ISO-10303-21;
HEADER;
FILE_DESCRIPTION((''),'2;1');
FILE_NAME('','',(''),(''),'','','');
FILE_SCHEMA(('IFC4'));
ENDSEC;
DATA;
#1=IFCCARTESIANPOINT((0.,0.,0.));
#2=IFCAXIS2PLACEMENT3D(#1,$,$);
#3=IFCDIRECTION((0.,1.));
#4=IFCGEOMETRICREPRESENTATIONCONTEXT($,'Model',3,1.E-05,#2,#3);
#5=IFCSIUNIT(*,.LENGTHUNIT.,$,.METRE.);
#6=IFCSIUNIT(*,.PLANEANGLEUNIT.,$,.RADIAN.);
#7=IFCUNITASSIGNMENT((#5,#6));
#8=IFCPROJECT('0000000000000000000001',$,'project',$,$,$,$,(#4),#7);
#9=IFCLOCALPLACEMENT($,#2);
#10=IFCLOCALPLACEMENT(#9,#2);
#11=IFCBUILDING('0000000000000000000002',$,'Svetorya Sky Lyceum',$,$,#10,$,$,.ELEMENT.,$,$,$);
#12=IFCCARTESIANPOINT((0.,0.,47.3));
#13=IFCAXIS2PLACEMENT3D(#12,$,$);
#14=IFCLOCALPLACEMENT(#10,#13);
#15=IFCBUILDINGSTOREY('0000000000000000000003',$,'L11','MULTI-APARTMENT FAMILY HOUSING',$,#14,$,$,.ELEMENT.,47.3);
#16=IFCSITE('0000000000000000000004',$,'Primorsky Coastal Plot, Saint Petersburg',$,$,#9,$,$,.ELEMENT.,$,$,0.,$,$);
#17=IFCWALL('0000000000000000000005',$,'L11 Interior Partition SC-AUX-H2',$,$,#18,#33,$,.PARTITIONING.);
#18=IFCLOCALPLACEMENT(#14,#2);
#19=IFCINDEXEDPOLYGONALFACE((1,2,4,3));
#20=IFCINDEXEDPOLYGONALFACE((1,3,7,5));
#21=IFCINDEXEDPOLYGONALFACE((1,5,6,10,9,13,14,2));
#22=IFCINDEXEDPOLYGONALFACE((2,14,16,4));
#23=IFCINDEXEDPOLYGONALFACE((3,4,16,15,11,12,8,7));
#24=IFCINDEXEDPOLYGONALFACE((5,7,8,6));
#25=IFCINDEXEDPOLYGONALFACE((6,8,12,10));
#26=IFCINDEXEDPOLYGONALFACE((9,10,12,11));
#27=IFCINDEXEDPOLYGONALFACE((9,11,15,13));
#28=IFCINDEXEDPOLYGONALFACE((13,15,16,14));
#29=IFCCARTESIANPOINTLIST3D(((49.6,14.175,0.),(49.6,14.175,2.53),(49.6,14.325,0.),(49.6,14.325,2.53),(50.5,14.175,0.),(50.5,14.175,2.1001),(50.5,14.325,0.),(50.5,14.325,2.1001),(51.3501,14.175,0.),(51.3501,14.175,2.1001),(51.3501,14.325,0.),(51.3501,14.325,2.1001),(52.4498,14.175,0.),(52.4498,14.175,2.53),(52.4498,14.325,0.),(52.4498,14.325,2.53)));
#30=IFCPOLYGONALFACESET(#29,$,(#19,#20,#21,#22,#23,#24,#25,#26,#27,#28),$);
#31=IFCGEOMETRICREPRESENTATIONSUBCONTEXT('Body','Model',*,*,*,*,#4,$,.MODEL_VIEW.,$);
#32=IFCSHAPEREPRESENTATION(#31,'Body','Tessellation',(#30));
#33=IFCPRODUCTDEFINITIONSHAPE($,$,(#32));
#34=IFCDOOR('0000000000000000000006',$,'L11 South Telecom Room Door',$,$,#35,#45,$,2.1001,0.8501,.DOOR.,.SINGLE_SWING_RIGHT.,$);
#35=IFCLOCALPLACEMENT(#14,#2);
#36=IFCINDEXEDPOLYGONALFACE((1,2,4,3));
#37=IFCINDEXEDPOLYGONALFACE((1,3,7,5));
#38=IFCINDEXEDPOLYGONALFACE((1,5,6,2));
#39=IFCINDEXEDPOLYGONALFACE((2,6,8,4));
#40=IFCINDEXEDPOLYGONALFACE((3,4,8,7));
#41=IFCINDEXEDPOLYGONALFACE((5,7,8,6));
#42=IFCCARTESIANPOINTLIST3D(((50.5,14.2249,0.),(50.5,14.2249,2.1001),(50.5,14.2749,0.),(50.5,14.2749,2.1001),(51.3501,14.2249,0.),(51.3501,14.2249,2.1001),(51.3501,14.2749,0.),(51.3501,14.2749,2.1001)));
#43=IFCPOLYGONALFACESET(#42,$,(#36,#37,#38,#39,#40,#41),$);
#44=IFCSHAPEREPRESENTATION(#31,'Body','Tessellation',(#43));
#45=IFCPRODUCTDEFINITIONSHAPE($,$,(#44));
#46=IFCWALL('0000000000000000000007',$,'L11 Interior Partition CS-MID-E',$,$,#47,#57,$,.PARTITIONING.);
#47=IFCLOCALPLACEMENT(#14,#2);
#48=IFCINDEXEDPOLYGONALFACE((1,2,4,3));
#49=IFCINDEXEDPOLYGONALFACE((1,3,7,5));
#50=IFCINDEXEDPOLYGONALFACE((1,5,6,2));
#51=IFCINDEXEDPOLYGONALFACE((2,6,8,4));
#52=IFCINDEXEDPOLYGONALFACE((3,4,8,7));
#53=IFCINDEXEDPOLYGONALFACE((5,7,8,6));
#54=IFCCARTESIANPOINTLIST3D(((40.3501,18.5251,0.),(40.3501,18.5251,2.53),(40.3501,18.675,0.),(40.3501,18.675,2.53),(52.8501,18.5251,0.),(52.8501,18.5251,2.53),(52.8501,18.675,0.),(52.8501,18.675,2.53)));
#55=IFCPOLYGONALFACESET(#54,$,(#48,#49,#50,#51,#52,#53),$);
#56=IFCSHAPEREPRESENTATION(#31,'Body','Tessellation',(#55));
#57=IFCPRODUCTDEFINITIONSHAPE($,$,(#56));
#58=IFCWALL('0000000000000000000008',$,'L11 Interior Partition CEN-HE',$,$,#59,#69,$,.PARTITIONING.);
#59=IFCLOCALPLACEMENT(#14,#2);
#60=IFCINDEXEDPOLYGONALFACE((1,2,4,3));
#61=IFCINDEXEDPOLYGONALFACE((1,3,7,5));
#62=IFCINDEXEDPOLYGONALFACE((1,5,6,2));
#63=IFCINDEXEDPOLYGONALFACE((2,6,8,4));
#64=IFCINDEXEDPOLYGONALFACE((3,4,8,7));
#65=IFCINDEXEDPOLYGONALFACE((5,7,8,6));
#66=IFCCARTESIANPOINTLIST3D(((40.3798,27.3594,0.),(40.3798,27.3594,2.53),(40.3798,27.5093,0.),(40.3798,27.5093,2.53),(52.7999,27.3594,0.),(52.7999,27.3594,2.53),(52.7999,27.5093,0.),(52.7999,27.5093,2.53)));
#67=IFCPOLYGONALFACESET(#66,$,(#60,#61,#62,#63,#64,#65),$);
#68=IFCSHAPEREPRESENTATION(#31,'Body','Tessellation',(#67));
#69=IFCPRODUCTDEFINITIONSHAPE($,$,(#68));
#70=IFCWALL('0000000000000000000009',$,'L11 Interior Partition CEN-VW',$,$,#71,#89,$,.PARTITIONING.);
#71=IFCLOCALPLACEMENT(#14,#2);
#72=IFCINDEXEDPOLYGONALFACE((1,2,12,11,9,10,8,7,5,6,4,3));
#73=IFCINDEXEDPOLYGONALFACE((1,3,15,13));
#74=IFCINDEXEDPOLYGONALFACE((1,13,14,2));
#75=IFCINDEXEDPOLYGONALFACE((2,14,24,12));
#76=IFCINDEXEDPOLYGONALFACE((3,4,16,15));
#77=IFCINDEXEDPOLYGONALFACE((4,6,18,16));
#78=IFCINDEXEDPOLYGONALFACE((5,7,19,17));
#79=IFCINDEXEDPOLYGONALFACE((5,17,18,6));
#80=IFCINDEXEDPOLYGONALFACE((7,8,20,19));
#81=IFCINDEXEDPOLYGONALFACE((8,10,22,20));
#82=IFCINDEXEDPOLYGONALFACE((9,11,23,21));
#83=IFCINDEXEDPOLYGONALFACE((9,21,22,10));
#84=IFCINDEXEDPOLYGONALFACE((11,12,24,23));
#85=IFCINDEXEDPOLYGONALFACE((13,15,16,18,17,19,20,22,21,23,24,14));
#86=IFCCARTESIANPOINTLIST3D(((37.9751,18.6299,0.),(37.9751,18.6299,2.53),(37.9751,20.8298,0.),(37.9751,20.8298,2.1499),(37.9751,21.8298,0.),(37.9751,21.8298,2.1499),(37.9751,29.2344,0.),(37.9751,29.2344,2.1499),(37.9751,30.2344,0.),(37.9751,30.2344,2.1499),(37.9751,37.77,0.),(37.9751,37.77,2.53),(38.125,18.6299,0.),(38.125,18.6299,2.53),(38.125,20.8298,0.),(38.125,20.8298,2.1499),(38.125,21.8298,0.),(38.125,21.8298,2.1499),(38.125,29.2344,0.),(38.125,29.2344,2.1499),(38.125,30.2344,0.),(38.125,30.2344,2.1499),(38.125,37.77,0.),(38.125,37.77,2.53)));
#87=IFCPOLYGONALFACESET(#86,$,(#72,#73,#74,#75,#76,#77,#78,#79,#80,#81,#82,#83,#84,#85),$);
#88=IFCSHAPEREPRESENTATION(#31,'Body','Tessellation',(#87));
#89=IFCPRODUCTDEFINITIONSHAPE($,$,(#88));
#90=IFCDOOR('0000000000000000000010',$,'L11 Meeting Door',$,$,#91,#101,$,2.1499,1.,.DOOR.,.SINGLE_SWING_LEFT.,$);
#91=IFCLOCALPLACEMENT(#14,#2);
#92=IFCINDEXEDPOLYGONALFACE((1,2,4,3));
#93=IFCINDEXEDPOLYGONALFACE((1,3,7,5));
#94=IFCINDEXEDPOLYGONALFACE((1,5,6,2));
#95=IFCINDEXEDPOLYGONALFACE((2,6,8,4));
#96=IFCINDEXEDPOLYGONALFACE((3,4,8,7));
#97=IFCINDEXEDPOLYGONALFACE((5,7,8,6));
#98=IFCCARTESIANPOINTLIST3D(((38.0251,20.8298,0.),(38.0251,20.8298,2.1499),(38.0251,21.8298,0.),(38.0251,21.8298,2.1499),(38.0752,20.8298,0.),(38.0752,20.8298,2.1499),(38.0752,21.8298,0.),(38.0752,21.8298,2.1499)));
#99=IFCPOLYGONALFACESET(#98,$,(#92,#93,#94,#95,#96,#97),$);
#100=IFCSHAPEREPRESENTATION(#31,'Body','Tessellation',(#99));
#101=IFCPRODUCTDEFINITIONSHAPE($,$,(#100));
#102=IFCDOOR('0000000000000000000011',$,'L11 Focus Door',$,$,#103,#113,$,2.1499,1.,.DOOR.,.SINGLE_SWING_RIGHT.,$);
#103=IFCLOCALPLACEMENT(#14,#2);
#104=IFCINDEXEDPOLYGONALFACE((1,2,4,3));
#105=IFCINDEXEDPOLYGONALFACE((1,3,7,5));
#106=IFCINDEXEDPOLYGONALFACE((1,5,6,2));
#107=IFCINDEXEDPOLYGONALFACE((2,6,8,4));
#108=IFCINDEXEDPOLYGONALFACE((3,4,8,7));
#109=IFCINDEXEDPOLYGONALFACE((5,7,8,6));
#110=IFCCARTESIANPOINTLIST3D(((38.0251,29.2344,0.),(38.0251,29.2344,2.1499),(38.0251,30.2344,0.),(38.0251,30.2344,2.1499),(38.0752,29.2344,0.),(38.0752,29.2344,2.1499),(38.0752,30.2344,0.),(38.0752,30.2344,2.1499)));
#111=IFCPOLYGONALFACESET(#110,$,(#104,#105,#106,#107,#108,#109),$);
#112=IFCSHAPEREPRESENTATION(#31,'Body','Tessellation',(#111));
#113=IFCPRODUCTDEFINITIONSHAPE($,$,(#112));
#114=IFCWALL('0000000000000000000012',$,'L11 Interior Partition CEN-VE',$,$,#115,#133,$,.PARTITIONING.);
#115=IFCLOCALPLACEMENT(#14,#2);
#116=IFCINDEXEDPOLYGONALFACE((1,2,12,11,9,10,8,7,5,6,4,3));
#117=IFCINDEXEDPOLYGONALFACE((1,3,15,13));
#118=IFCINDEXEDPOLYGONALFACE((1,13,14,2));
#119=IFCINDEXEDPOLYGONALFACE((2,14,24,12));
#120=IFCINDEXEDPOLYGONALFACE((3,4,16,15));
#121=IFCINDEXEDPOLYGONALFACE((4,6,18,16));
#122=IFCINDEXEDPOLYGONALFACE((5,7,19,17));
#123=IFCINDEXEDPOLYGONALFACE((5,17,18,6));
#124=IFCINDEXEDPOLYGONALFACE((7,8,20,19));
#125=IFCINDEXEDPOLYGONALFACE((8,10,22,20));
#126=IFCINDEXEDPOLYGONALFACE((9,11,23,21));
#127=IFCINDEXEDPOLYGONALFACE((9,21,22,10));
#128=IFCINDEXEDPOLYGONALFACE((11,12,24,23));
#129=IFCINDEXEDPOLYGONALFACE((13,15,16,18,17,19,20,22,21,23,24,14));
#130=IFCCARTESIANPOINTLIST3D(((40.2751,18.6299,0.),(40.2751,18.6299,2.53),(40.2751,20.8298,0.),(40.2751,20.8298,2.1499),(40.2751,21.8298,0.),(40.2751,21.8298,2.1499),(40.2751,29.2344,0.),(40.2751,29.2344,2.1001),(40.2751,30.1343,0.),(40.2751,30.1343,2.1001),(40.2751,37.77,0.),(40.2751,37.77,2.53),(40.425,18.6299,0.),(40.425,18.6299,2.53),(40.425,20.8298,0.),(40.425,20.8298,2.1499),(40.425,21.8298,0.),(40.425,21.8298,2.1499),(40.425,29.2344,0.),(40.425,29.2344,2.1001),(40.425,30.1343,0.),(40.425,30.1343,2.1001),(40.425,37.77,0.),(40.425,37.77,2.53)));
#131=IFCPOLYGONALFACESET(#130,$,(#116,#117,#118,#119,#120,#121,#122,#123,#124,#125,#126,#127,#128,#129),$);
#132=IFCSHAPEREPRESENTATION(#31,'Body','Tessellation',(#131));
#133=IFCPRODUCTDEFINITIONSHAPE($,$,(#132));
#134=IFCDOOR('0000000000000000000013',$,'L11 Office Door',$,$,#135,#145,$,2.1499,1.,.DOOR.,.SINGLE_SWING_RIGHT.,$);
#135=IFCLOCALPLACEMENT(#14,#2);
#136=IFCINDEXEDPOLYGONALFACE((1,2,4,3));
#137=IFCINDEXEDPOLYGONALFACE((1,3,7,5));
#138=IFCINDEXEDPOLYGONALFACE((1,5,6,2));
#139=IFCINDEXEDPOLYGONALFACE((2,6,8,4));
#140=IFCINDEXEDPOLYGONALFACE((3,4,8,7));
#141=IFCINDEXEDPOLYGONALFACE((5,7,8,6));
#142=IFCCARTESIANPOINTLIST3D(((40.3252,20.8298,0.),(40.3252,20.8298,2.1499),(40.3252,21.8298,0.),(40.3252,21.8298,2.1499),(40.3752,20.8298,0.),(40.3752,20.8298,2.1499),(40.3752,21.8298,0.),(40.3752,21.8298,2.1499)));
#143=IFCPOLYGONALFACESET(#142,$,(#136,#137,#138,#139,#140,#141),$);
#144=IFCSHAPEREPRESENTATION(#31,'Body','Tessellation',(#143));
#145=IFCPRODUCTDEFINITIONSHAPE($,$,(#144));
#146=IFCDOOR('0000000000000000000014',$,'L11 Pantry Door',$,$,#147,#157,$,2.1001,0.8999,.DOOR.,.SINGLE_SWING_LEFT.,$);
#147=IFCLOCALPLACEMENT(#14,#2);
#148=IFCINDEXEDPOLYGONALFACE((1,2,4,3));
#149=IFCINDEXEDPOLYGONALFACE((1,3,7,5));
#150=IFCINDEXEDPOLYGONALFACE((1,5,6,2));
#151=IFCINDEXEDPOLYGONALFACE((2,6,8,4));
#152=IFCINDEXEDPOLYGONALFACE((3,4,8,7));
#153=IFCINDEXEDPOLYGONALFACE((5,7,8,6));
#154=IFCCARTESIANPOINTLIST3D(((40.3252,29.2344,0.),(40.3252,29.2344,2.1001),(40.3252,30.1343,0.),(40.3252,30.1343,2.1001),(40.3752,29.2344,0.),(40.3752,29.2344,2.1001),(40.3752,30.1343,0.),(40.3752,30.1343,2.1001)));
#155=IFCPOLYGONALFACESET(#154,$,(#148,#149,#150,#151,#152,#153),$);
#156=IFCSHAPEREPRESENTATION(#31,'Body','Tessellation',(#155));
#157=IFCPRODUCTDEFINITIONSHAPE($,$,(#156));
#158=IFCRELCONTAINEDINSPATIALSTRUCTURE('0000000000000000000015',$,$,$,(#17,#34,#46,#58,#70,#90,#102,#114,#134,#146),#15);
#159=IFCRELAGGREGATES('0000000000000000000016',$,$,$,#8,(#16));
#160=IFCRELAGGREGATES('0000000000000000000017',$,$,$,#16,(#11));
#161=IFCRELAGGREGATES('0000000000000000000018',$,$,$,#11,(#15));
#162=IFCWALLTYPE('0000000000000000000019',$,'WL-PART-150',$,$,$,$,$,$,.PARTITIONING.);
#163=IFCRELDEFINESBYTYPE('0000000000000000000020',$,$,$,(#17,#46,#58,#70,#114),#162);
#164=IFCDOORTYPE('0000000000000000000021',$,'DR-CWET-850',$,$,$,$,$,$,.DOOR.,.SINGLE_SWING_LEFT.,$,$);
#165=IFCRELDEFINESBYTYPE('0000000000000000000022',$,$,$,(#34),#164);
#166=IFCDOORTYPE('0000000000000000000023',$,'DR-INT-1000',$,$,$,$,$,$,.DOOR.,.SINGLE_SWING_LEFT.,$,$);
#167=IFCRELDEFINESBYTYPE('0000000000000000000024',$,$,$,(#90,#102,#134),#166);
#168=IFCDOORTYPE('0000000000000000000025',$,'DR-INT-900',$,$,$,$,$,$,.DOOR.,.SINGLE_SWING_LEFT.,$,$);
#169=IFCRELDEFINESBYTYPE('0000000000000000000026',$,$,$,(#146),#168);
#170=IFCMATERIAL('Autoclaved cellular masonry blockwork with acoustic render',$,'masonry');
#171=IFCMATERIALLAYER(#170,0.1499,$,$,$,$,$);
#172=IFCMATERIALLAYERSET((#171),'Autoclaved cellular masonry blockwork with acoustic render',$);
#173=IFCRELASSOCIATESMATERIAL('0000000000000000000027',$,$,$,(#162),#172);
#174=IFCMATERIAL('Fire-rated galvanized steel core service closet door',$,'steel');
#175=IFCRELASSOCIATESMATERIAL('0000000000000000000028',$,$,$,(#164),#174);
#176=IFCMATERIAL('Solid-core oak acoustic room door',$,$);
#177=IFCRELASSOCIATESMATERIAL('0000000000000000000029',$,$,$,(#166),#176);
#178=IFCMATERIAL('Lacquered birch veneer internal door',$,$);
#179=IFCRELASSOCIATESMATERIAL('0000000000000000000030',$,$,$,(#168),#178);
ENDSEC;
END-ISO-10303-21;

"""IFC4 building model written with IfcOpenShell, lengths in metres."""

from ifc_helpers import new_model, si_unit, direction, frame, frame_2d, origin, place, context, subcontext, project, spatial, rectangle, extrude, material, layer, layer_set, type_object, element, fill, save


model = new_model("IFC4")

# Units and contexts
model_context = context("Model", 3, precision=1e-05, world=origin(), true_north=direction((0.0, 1.0)))
body_context = subcontext(model_context, "Body", "Model", "MODEL_VIEW")
ifc_project = project(units=[si_unit("LENGTHUNIT", "METRE"), si_unit("PLANEANGLEUNIT", "RADIAN")], contexts=[model_context])

# Site, building, storey
site_placement = place(None, origin())
site = spatial("IfcSite", under=ifc_project, at=site_placement, Name="Primorsky Coastal Plot, Saint Petersburg", CompositionType="ELEMENT", RefElevation=0.0)
building_placement = place(site_placement, origin())
building = spatial("IfcBuilding", under=site, at=building_placement, Name="Svetorya Sky Lyceum", CompositionType="ELEMENT")
storey_placement = place(building_placement, frame((0.0, 0.0, 47.3)))
storey = spatial("IfcBuildingStorey", under=building, at=storey_placement, Name="L11", Description="MULTI-APARTMENT FAMILY HOUSING", CompositionType="ELEMENT", Elevation=47.3)

# Shared definitions
ifc_material_1 = material(Name="Autoclaved cellular masonry blockwork with acoustic render", Category="masonry")
ifc_layer_1 = layer(ifc_material_1, 0.1499)
ifc_layer_set_1 = layer_set([ifc_layer_1], Name="Autoclaved cellular masonry blockwork with acoustic render")
wall_type_1 = type_object("IfcWallType", Name="WL-PART-150", PredefinedType="PARTITIONING", material=ifc_layer_set_1)

# Wall, opening, door
wall_1_placement = place(storey_placement, frame((49.6001, 14.25, 0.0), z_axis=(0.0, 0.0, 1.0), x_axis=(1.0, 0.0, 0.0)))
wall_1 = element("IfcWall", 1, at=wall_1_placement, inside=storey, type_object=wall_type_1, Name="L11 Interior Partition SC-AUX-H2", PredefinedType="PARTITIONING", context=body_context, shape_type="SweptSolid", body=[
    extrude(rectangle(XDim=2.8499, YDim=0.1499, at=frame_2d((1.4248, 0.0))), origin(), (0.0, 0.0, 1.0), 2.53),
])
opening_1_placement = place(wall_1_placement, frame((0.8999, 0.0, 0.0)))
opening_1 = element("IfcOpeningElement", 2, at=opening_1_placement, cuts=wall_1, PredefinedType="OPENING", context=body_context, shape_type="SweptSolid", body=[
    extrude(rectangle(XDim=0.8501, YDim=2.1001, at=frame_2d((0.425, 1.05))), frame((0.0, 0.085, 0.0), z_axis=(0.0, -1.0, 0.0), x_axis=(1.0, 0.0, 0.0)), (0.0, 0.0, 1.0), 0.1699),
])
ifc_material_2 = material(Name="Fire-rated galvanized steel core service closet door", Category="steel")
door_type_1 = type_object("IfcDoorType", Name="DR-CWET-850", OperationType="SINGLE_SWING_LEFT", PredefinedType="DOOR", material=ifc_material_2)
door_1_placement = place(opening_1_placement, origin())
door_1 = element("IfcDoor", 3, at=door_1_placement, inside=storey, type_object=door_type_1, Name="L11 South Telecom Room Door", OperationType="SINGLE_SWING_RIGHT", OverallHeight=2.1001, OverallWidth=0.8501, PredefinedType="DOOR", context=body_context, shape_type="SweptSolid", body=[
    extrude(rectangle(XDim=0.8501, YDim=2.1001, at=frame_2d((0.425, 1.05))), frame((0.0, 0.0249, 0.0), z_axis=(0.0, -1.0, 0.0), x_axis=(1.0, 0.0, 0.0)), (0.0, 0.0, 1.0), 0.05),
])
fill(opening_1, door_1)

# Walls
wall_2_placement = place(storey_placement, frame((40.3501, 18.6001, 0.0), z_axis=(0.0, 0.0, 1.0), x_axis=(1.0, 0.0, 0.0)))
element("IfcWall", 4, at=wall_2_placement, inside=storey, type_object=wall_type_1, Name="L11 Interior Partition CS-MID-E", PredefinedType="PARTITIONING", context=body_context, shape_type="SweptSolid", body=[
    extrude(rectangle(XDim=12.5, YDim=0.1499, at=frame_2d((6.25, 0.0))), origin(), (0.0, 0.0, 1.0), 2.53),
])
wall_3_placement = place(storey_placement, frame((40.3799, 27.4343, 0.0), z_axis=(0.0, 0.0, 1.0), x_axis=(1.0, 0.0, 0.0)))
element("IfcWall", 5, at=wall_3_placement, inside=storey, type_object=wall_type_1, Name="L11 Interior Partition CEN-HE", PredefinedType="PARTITIONING", context=body_context, shape_type="SweptSolid", body=[
    extrude(rectangle(XDim=12.4202, YDim=0.1499, at=frame_2d((6.21, 0.0))), origin(), (0.0, 0.0, 1.0), 2.53),
])

# Walls, openings, doors
wall_4_placement = place(storey_placement, frame((38.05, 18.6299, 0.0), z_axis=(0.0, 0.0, 1.0), x_axis=(0.0, 1.0, 0.0)))
wall_4 = element("IfcWall", 6, at=wall_4_placement, inside=storey, type_object=wall_type_1, Name="L11 Interior Partition CEN-VW", PredefinedType="PARTITIONING", context=body_context, shape_type="SweptSolid", body=[
    extrude(rectangle(XDim=19.1401, YDim=0.1499, at=frame_2d((9.5701, 0.0))), origin(), (0.0, 0.0, 1.0), 2.53),
])
opening_2_placement = place(wall_4_placement, frame((2.2, 0.0, 0.0)))
opening_2 = element("IfcOpeningElement", 7, at=opening_2_placement, cuts=wall_4, PredefinedType="OPENING", context=body_context, shape_type="SweptSolid", body=[
    extrude(rectangle(XDim=1.0, YDim=2.1499, at=frame_2d((0.5, 1.075))), frame((0.0, 0.085, 0.0), z_axis=(0.0, -1.0, 0.0), x_axis=(1.0, 0.0, 0.0)), (0.0, 0.0, 1.0), 0.1699),
])
opening_3_placement = place(wall_4_placement, frame((10.6045, 0.0, 0.0)))
opening_3 = element("IfcOpeningElement", 8, at=opening_3_placement, cuts=wall_4, PredefinedType="OPENING", context=body_context, shape_type="SweptSolid", body=[
    extrude(rectangle(XDim=1.0, YDim=2.1499, at=frame_2d((0.5, 1.075))), frame((0.0, 0.085, 0.0), z_axis=(0.0, -1.0, 0.0), x_axis=(1.0, 0.0, 0.0)), (0.0, 0.0, 1.0), 0.1699),
])
ifc_material_3 = material(Name="Solid-core oak acoustic room door")
door_type_2 = type_object("IfcDoorType", Name="DR-INT-1000", OperationType="SINGLE_SWING_LEFT", PredefinedType="DOOR", material=ifc_material_3)
door_2_placement = place(opening_2_placement, origin())
door_2 = element("IfcDoor", 9, at=door_2_placement, inside=storey, type_object=door_type_2, Name="L11 Meeting Door", OperationType="SINGLE_SWING_LEFT", OverallHeight=2.1499, OverallWidth=1.0, PredefinedType="DOOR", context=body_context, shape_type="SweptSolid", body=[
    extrude(rectangle(XDim=1.0, YDim=2.1499, at=frame_2d((0.5, 1.075))), frame((0.0, 0.0249, 0.0), z_axis=(0.0, -1.0, 0.0), x_axis=(1.0, 0.0, 0.0)), (0.0, 0.0, 1.0), 0.05),
])
fill(opening_2, door_2)
door_3_placement = place(opening_3_placement, origin())
door_3 = element("IfcDoor", 10, at=door_3_placement, inside=storey, type_object=door_type_2, Name="L11 Focus Door", OperationType="SINGLE_SWING_RIGHT", OverallHeight=2.1499, OverallWidth=1.0, PredefinedType="DOOR", context=body_context, shape_type="SweptSolid", body=[
    extrude(rectangle(XDim=1.0, YDim=2.1499, at=frame_2d((0.5, 1.075))), frame((0.0, 0.0249, 0.0), z_axis=(0.0, -1.0, 0.0), x_axis=(1.0, 0.0, 0.0)), (0.0, 0.0, 1.0), 0.05),
])
fill(opening_3, door_3)
wall_5_placement = place(storey_placement, frame((40.3501, 18.6299, 0.0), z_axis=(0.0, 0.0, 1.0), x_axis=(0.0, 1.0, 0.0)))
wall_5 = element("IfcWall", 11, at=wall_5_placement, inside=storey, type_object=wall_type_1, Name="L11 Interior Partition CEN-VE", PredefinedType="PARTITIONING", context=body_context, shape_type="SweptSolid", body=[
    extrude(rectangle(XDim=19.1401, YDim=0.1499, at=frame_2d((9.5701, 0.0))), origin(), (0.0, 0.0, 1.0), 2.53),
])
opening_4_placement = place(wall_5_placement, frame((2.2, 0.0, 0.0)))
opening_4 = element("IfcOpeningElement", 12, at=opening_4_placement, cuts=wall_5, PredefinedType="OPENING", context=body_context, shape_type="SweptSolid", body=[
    extrude(rectangle(XDim=1.0, YDim=2.1499, at=frame_2d((0.5, 1.075))), frame((0.0, 0.085, 0.0), z_axis=(0.0, -1.0, 0.0), x_axis=(1.0, 0.0, 0.0)), (0.0, 0.0, 1.0), 0.1699),
])
opening_5_placement = place(wall_5_placement, frame((10.6045, 0.0, 0.0)))
opening_5 = element("IfcOpeningElement", 13, at=opening_5_placement, cuts=wall_5, PredefinedType="OPENING", context=body_context, shape_type="SweptSolid", body=[
    extrude(rectangle(XDim=0.8999, YDim=2.1001, at=frame_2d((0.45, 1.05))), frame((0.0, 0.085, 0.0), z_axis=(0.0, -1.0, 0.0), x_axis=(1.0, 0.0, 0.0)), (0.0, 0.0, 1.0), 0.1699),
])
door_4_placement = place(opening_4_placement, origin())
door_4 = element("IfcDoor", 14, at=door_4_placement, inside=storey, type_object=door_type_2, Name="L11 Office Door", OperationType="SINGLE_SWING_RIGHT", OverallHeight=2.1499, OverallWidth=1.0, PredefinedType="DOOR", context=body_context, shape_type="SweptSolid", body=[
    extrude(rectangle(XDim=1.0, YDim=2.1499, at=frame_2d((0.5, 1.075))), frame((0.0, 0.0249, 0.0), z_axis=(0.0, -1.0, 0.0), x_axis=(1.0, 0.0, 0.0)), (0.0, 0.0, 1.0), 0.05),
])
fill(opening_4, door_4)
ifc_material_4 = material(Name="Lacquered birch veneer internal door")
door_type_3 = type_object("IfcDoorType", Name="DR-INT-900", OperationType="SINGLE_SWING_LEFT", PredefinedType="DOOR", material=ifc_material_4)
door_5_placement = place(opening_5_placement, origin())
door_5 = element("IfcDoor", 15, at=door_5_placement, inside=storey, type_object=door_type_3, Name="L11 Pantry Door", OperationType="SINGLE_SWING_LEFT", OverallHeight=2.1001, OverallWidth=0.8999, PredefinedType="DOOR", context=body_context, shape_type="SweptSolid", body=[
    extrude(rectangle(XDim=0.8999, YDim=2.1001, at=frame_2d((0.45, 1.05))), frame((0.0, 0.0249, 0.0), z_axis=(0.0, -1.0, 0.0), x_axis=(1.0, 0.0, 0.0)), (0.0, 0.0, 1.0), 0.05),
])
fill(opening_5, door_5)

save(model, "model.ifc")
